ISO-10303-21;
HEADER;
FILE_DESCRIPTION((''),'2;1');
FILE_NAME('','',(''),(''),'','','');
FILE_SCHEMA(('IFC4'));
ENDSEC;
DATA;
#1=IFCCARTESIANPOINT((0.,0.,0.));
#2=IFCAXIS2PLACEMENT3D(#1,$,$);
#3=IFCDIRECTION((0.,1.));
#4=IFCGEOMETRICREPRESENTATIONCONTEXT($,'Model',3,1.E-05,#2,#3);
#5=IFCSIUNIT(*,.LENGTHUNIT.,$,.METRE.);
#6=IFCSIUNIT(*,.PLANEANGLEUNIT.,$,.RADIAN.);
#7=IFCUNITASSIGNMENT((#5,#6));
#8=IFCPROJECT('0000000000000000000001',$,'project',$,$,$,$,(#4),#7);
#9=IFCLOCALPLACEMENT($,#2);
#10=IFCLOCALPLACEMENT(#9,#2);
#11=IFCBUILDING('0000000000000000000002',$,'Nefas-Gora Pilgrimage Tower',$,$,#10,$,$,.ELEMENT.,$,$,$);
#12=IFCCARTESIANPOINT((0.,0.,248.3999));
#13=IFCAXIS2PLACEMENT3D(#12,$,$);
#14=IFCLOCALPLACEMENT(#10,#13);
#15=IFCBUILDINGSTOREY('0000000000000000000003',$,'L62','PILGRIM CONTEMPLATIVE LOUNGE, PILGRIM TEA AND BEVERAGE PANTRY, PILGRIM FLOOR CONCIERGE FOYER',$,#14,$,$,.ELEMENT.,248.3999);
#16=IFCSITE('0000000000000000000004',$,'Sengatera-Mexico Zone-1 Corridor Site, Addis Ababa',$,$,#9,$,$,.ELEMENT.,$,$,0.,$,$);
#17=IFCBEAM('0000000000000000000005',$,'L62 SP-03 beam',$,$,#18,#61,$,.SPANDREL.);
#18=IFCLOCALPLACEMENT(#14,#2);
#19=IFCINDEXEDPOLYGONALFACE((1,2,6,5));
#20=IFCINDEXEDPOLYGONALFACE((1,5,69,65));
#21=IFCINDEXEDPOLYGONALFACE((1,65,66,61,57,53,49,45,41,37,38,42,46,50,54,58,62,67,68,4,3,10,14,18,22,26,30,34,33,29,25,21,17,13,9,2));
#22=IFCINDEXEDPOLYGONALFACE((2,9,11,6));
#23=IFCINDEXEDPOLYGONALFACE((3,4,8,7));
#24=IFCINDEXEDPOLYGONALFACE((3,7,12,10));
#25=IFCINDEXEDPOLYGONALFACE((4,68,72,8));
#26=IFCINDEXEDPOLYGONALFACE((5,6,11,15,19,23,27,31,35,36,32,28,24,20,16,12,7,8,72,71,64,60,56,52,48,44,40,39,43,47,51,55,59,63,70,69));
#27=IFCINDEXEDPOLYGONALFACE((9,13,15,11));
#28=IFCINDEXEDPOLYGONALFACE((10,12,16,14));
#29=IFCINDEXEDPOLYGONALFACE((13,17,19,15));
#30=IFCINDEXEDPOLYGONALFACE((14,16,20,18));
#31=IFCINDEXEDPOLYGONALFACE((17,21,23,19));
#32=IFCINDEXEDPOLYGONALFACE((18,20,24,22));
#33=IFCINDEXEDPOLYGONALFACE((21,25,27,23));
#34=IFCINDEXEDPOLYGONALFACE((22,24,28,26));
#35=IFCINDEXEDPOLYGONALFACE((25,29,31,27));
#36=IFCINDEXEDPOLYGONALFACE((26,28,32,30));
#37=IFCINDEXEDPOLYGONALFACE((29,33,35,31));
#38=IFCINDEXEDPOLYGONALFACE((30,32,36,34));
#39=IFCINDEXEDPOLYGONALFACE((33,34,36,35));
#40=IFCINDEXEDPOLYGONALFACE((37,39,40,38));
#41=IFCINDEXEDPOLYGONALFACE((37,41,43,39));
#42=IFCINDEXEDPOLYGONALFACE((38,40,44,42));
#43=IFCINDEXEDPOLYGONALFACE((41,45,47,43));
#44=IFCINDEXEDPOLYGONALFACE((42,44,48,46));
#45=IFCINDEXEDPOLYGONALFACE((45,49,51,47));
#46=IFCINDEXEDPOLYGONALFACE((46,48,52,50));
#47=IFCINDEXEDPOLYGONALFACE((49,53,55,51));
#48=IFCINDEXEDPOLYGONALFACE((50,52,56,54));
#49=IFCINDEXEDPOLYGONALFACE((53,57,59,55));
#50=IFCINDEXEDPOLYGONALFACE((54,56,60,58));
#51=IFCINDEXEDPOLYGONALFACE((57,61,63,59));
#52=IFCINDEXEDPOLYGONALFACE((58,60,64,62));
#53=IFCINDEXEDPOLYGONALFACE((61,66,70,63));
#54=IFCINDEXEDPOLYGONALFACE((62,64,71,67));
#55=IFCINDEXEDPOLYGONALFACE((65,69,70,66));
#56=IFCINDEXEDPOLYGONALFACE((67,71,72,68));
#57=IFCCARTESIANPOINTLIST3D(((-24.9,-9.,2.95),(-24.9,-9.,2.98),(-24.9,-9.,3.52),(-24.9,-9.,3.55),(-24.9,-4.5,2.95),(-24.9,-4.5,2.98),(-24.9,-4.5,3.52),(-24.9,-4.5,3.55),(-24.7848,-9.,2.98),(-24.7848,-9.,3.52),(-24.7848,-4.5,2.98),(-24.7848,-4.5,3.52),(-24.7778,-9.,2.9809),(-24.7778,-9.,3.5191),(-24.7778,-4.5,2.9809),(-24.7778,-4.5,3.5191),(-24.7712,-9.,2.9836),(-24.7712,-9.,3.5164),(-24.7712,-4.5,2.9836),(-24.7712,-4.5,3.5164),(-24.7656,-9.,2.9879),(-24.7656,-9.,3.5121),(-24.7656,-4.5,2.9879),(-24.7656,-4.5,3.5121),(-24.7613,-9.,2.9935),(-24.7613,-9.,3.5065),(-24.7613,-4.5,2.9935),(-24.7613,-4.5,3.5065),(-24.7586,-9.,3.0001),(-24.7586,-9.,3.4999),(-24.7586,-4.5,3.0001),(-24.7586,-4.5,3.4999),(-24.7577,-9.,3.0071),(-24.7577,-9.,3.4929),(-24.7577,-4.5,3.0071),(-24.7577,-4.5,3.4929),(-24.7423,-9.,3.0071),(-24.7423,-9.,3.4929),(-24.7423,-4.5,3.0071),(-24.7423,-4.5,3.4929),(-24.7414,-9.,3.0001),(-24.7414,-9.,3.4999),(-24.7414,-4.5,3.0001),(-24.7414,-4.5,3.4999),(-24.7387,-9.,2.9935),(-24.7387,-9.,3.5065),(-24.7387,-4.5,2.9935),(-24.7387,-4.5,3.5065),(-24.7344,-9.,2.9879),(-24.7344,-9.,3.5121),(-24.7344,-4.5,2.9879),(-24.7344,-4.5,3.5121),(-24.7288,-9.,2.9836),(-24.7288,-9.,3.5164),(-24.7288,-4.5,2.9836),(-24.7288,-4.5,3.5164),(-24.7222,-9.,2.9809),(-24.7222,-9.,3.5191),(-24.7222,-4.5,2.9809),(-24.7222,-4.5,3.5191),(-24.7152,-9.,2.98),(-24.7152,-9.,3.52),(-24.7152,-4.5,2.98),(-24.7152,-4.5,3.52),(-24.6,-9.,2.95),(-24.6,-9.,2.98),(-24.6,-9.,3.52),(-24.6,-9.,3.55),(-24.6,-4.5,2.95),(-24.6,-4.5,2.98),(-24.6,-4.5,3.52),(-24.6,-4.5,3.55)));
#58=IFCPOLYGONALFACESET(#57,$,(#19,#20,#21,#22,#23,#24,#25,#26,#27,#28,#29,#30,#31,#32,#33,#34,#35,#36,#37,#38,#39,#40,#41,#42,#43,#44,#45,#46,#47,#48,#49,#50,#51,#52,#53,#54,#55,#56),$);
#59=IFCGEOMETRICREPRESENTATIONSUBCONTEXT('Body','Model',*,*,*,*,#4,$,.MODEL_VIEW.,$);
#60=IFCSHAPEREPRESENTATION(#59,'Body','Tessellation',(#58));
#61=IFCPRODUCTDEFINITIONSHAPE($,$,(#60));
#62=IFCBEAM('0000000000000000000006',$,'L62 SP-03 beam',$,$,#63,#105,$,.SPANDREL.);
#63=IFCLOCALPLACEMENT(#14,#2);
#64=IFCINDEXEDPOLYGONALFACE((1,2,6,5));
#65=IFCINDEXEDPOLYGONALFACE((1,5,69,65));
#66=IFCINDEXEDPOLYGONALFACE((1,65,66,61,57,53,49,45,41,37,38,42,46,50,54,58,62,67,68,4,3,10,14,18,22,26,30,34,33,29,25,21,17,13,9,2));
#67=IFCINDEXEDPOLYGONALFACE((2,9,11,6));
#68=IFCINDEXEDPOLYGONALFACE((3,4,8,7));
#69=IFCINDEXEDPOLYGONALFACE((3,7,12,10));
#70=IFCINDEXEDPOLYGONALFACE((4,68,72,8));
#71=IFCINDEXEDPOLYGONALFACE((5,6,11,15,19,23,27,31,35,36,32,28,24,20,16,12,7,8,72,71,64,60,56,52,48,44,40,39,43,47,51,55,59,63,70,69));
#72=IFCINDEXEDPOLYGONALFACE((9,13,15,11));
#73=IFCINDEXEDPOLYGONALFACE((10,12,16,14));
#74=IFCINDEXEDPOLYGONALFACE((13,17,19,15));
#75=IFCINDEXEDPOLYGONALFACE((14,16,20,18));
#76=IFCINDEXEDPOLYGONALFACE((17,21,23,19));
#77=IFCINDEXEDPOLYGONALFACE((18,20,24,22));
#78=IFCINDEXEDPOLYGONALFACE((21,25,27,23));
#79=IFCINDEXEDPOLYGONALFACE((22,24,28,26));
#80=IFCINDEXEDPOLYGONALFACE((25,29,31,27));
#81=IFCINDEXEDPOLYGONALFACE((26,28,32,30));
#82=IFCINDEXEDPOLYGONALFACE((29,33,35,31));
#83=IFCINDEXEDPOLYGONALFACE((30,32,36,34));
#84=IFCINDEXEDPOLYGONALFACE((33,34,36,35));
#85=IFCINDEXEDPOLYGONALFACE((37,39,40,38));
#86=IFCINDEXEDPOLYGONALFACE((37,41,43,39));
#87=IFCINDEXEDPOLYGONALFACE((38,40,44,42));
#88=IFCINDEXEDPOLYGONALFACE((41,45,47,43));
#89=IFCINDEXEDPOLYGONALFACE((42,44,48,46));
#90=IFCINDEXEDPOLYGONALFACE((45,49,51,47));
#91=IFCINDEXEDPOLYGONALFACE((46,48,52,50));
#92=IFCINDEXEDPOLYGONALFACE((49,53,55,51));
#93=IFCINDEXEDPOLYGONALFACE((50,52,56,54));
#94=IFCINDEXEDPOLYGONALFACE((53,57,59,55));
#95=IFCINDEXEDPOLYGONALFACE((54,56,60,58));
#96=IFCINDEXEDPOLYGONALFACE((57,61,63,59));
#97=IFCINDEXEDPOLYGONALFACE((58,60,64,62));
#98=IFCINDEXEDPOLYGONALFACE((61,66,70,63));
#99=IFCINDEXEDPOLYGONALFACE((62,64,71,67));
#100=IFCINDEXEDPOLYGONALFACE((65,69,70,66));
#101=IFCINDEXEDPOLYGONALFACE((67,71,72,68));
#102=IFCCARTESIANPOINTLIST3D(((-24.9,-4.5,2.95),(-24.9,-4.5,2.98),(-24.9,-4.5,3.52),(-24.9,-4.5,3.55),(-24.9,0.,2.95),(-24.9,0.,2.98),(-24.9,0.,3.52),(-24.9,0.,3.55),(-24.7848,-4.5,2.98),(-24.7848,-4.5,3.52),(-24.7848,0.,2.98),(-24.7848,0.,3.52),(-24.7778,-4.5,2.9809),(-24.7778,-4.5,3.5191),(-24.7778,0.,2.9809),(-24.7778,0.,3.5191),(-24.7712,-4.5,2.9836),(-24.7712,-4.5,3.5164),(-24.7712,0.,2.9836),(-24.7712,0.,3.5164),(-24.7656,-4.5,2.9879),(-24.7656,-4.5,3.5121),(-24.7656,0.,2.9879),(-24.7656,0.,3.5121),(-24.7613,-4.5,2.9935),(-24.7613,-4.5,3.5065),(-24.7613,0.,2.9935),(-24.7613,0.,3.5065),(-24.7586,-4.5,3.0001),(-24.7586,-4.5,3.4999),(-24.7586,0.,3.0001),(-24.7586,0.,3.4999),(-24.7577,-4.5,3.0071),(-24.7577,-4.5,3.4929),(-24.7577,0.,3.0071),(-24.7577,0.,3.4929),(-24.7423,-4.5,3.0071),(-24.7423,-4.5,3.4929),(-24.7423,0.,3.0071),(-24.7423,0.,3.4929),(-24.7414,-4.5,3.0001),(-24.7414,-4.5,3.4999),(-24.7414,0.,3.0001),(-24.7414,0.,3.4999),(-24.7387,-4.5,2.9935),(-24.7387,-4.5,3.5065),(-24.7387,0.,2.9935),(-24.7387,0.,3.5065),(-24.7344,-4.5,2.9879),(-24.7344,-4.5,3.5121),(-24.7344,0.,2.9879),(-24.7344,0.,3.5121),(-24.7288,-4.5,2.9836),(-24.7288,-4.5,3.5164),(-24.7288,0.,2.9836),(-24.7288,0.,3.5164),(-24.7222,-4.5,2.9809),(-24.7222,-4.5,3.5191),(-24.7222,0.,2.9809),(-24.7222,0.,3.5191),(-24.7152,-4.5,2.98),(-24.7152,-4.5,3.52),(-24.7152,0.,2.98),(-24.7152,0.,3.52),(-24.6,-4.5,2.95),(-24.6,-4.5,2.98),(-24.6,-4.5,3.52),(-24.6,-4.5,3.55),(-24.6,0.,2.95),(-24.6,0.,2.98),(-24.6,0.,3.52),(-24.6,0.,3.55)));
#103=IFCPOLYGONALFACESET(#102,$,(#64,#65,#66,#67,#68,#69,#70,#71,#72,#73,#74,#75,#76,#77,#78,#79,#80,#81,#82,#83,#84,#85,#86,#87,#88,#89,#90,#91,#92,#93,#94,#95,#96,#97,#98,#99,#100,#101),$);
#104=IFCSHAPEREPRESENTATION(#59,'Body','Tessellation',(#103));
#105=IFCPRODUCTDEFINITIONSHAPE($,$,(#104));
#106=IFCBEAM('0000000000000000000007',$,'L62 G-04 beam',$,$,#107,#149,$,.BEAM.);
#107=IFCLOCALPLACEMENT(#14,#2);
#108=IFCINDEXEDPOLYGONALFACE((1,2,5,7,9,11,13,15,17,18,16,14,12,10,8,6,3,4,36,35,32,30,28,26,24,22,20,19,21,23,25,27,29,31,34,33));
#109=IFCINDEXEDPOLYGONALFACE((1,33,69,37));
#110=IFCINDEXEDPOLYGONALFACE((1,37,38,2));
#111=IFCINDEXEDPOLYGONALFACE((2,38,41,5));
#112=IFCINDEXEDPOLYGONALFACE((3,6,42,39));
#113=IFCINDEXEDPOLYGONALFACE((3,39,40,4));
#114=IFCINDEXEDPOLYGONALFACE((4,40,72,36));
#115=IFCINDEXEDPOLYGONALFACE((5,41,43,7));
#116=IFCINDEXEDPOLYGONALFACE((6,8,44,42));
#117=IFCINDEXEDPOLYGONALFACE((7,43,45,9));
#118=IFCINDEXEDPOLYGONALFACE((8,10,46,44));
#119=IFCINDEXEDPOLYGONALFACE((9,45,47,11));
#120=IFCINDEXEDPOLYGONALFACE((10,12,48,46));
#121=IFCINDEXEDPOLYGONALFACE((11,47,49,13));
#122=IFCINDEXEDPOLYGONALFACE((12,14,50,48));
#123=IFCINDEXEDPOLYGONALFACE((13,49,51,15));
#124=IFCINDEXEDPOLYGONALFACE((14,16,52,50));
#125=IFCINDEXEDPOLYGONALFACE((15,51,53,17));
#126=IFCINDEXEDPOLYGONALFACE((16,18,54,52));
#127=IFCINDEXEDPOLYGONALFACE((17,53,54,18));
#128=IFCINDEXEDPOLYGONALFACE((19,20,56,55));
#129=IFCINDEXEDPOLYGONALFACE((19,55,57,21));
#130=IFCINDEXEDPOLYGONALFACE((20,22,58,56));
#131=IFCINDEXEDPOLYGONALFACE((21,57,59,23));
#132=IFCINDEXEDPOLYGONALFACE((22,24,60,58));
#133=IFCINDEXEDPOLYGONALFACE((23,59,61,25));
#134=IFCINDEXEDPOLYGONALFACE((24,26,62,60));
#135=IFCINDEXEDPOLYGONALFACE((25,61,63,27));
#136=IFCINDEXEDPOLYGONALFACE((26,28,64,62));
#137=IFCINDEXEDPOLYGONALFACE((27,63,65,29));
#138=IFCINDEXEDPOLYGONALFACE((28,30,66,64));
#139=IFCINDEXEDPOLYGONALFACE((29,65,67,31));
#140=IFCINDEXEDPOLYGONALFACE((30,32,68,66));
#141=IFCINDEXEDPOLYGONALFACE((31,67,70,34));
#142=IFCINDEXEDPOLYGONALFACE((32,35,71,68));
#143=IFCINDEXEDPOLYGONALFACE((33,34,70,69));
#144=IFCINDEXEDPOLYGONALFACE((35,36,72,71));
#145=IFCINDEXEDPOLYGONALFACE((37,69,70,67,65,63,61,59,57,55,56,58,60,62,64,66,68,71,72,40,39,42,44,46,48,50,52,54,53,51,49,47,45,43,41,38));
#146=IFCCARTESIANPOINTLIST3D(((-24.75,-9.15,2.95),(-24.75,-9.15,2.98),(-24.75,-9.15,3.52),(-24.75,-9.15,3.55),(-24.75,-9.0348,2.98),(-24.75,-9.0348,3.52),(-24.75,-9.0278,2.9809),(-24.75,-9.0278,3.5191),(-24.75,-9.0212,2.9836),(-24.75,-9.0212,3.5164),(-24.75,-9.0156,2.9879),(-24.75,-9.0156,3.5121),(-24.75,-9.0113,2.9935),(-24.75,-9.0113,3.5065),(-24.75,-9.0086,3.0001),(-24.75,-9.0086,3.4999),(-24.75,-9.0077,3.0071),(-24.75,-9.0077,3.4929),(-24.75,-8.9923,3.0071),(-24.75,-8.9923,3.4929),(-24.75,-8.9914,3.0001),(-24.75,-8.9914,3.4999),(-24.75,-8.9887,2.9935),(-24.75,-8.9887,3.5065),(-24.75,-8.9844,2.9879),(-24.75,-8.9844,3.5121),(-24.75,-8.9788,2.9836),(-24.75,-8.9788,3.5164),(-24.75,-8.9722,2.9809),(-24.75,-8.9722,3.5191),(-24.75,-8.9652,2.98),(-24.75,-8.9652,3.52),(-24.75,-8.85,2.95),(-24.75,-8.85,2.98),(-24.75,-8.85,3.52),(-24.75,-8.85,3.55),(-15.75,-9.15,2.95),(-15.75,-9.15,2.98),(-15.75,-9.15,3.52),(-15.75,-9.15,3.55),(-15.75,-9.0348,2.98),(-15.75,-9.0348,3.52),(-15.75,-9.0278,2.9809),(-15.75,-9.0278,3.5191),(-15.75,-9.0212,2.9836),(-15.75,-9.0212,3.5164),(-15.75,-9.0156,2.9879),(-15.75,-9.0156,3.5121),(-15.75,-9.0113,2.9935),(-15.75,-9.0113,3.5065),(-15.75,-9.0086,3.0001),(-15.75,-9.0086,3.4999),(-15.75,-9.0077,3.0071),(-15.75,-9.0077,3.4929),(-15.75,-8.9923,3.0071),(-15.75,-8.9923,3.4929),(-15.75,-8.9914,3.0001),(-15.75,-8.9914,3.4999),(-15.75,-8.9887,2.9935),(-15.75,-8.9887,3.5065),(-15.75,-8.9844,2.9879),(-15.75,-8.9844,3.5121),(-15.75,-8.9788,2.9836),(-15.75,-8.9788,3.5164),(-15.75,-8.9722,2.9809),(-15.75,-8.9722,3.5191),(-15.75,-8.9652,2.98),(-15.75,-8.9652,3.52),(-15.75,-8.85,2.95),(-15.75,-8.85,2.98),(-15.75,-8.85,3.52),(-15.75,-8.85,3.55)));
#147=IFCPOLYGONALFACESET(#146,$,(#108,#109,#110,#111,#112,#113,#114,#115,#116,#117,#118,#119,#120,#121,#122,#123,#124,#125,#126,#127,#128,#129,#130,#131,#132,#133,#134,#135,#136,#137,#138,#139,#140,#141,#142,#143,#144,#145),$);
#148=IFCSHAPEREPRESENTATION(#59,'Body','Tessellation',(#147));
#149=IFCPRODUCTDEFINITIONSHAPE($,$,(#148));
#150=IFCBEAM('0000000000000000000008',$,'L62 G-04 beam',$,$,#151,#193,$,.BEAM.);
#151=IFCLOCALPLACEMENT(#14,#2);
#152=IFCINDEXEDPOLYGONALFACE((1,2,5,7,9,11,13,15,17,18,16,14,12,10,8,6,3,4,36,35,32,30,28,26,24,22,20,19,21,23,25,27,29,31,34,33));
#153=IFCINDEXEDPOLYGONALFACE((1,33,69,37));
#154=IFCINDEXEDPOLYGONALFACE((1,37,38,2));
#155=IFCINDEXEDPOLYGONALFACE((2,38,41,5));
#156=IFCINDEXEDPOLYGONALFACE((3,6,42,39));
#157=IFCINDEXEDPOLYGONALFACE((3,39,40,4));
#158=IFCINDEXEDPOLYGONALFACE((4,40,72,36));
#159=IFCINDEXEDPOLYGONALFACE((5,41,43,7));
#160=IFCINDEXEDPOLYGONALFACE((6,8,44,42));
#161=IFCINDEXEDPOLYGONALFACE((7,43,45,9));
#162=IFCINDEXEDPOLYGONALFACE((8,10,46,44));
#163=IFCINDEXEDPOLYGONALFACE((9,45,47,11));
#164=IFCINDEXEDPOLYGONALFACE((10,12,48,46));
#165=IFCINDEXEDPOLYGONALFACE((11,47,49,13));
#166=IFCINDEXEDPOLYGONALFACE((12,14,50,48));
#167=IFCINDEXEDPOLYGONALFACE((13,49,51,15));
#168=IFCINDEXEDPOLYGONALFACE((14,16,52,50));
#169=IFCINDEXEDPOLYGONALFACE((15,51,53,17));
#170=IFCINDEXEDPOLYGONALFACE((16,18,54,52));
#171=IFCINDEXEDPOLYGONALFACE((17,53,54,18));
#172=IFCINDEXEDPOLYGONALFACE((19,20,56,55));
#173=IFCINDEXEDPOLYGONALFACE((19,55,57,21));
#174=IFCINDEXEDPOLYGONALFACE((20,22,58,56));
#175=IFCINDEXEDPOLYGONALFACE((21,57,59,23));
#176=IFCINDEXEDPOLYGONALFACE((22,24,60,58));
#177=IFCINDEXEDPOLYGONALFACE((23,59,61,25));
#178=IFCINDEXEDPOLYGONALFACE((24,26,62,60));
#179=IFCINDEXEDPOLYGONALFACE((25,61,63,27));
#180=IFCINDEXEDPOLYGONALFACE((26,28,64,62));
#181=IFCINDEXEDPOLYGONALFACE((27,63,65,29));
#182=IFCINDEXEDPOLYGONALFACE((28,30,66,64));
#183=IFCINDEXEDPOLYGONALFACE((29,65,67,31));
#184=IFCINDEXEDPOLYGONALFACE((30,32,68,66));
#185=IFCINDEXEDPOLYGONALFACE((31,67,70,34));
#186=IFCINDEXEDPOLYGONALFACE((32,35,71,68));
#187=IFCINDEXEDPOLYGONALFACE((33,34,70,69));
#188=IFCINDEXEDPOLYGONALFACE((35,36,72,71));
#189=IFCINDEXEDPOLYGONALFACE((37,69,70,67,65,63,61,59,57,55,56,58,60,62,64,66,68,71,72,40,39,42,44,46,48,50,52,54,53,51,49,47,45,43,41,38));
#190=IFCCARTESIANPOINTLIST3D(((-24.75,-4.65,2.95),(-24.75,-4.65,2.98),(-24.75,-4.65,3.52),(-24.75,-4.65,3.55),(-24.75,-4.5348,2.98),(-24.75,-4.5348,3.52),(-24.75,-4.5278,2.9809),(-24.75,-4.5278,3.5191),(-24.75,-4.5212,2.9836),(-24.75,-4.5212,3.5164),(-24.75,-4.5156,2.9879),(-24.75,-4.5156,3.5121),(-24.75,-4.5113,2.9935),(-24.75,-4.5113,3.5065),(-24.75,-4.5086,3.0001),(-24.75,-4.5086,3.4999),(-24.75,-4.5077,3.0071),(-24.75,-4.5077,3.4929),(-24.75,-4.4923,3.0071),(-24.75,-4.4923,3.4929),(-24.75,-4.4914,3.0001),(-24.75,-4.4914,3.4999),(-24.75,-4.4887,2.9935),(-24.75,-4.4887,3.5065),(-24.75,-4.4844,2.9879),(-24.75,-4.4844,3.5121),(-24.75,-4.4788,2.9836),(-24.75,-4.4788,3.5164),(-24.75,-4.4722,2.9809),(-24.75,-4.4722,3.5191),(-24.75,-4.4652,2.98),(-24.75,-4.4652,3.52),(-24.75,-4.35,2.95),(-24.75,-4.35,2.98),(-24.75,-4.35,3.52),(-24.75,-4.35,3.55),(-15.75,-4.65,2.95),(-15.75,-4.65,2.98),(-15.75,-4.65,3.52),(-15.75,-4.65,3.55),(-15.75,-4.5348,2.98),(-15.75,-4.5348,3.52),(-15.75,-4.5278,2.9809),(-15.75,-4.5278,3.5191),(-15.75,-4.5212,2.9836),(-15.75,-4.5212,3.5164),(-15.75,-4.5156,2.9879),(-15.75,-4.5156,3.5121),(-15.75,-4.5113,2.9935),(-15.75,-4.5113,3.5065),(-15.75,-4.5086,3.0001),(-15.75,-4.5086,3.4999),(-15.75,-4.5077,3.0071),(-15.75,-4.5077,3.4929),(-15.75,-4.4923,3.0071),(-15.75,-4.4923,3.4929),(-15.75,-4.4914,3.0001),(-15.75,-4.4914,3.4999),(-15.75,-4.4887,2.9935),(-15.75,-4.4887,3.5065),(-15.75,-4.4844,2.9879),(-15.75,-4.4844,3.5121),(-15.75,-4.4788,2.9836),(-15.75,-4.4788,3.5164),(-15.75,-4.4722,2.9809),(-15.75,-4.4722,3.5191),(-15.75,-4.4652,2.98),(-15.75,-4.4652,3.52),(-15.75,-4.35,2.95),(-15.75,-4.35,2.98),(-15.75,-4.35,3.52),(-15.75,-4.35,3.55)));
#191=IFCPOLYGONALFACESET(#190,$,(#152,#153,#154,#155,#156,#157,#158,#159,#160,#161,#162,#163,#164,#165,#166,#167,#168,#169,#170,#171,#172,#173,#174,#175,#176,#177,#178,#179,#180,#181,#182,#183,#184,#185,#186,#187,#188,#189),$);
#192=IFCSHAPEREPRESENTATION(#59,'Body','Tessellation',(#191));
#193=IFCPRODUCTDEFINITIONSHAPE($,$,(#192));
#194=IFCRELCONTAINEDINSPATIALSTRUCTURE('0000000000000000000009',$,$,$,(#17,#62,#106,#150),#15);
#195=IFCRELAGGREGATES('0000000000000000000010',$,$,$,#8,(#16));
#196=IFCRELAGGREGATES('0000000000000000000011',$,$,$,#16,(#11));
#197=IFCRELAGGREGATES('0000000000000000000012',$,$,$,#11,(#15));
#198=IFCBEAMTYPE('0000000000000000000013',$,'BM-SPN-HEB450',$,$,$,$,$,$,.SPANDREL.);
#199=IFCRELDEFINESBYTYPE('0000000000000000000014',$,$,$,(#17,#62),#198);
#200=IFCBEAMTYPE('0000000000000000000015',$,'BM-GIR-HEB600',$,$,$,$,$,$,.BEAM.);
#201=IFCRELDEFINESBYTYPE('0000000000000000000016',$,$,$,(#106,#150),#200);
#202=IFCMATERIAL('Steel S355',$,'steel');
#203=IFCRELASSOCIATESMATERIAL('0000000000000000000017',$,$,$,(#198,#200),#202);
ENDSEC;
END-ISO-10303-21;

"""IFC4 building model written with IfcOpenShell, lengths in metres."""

from ifc_helpers import new_model, si_unit, direction, frame, origin, origin_2d, place, context, subcontext, project, spatial, i_section, extrude, source, transform, mapped, material, material_profile, profile_set, type_object, element, save


model = new_model("IFC4")

# Units and contexts
model_context = context("Model", 3, precision=1e-05, world=origin(), true_north=direction((0.0, 1.0)))
body_context = subcontext(model_context, "Body", "Model", "MODEL_VIEW")
ifc_project = project(units=[si_unit("LENGTHUNIT", "METRE"), si_unit("PLANEANGLEUNIT", "RADIAN")], contexts=[model_context])

# Site, building, storey
site_placement = place(None, origin())
site = spatial("IfcSite", under=ifc_project, at=site_placement, Name="Sengatera-Mexico Zone-1 Corridor Site, Addis Ababa", CompositionType="ELEMENT", RefElevation=0.0)
building_placement = place(site_placement, origin())
building = spatial("IfcBuilding", under=site, at=building_placement, Name="Nefas-Gora Pilgrimage Tower", CompositionType="ELEMENT")
storey_placement = place(building_placement, frame((0.0, 0.0, 248.3999)))
storey = spatial("IfcBuildingStorey", under=building, at=storey_placement, Name="L62", Description="PILGRIM CONTEMPLATIVE LOUNGE, PILGRIM TEA AND BEVERAGE PANTRY, PILGRIM FLOOR CONCIERGE FOYER", CompositionType="ELEMENT", Elevation=248.3999)

# Beams
ifc_material_1 = material(Name="Steel S355", Category="steel")
ifc_material_profile_1 = material_profile(ifc_material_1, i_section(OverallWidth=0.3, OverallDepth=0.6001, WebThickness=0.0154, FlangeThickness=0.03, FilletRadius=0.0271, at=origin_2d()), Name="HEB 600")
ifc_profile_set_1 = profile_set([ifc_material_profile_1], Name="Steel S355")
beam_type_1 = type_object("IfcBeamType", Name="BM-SPN-HEB450", PredefinedType="SPANDREL", material=ifc_profile_set_1)
shared_shape_1 = source(origin(), body_context, "Body", "SweptSolid", [
    extrude(i_section(OverallWidth=0.3, OverallDepth=0.6001, WebThickness=0.0154, FlangeThickness=0.03, FilletRadius=0.0271, at=origin_2d()), origin(), (0.0, 0.0, 1.0), 4.5),
])
for number, where, z_axis, x_axis, name in (
    (1, (-24.75, -9.0, 3.25), (0.0, 1.0, 0.0), (-1.0, 0.0, 0.0), "L62 SP-03 beam"),
    (2, (-24.75, -4.5, 3.25), (0.0, 1.0, 0.0), (-1.0, 0.0, 0.0), "L62 SP-03 beam"),
):
    element("IfcBeam", number, at=place(storey_placement, frame(where, z_axis=z_axis, x_axis=x_axis)), inside=storey, type_object=beam_type_1, Name=name, PredefinedType="SPANDREL", context=body_context, shape_type="MappedRepresentation", body=[
        mapped(shared_shape_1, transform((0.0, 0.0, 0.0), x_axis=(1.0, 0.0, 0.0), y_axis=(0.0, 1.0, 0.0), z_axis=(0.0, 0.0, 1.0), scale=1.0)),
    ])
ifc_material_profile_2 = material_profile(ifc_material_1, i_section(OverallWidth=0.3, OverallDepth=0.6001, WebThickness=0.0154, FlangeThickness=0.03, FilletRadius=0.0271, at=origin_2d()), Name="HEB 600")
ifc_profile_set_2 = profile_set([ifc_material_profile_2], Name="Steel S355")
beam_type_2 = type_object("IfcBeamType", Name="BM-GIR-HEB600", PredefinedType="BEAM", material=ifc_profile_set_2)
shared_shape_2 = source(origin(), body_context, "Body", "SweptSolid", [
    extrude(i_section(OverallWidth=0.3, OverallDepth=0.6001, WebThickness=0.0154, FlangeThickness=0.03, FilletRadius=0.0271, at=origin_2d()), origin(), (0.0, 0.0, 1.0), 9.0),
])
for number, where, z_axis, x_axis, name in (
    (3, (-24.75, -9.0, 3.25), (1.0, 0.0, 0.0), (0.0, 1.0, 0.0), "L62 G-04 beam"),
    (4, (-24.75, -4.5, 3.25), (1.0, 0.0, 0.0), (0.0, 1.0, 0.0), "L62 G-04 beam"),
):
    element("IfcBeam", number, at=place(storey_placement, frame(where, z_axis=z_axis, x_axis=x_axis)), inside=storey, type_object=beam_type_2, Name=name, PredefinedType="BEAM", context=body_context, shape_type="MappedRepresentation", body=[
        mapped(shared_shape_2, transform((0.0, 0.0, 0.0), x_axis=(1.0, 0.0, 0.0), y_axis=(0.0, 1.0, 0.0), z_axis=(0.0, 0.0, 1.0), scale=1.0)),
    ])

save(model, "model.ifc")
